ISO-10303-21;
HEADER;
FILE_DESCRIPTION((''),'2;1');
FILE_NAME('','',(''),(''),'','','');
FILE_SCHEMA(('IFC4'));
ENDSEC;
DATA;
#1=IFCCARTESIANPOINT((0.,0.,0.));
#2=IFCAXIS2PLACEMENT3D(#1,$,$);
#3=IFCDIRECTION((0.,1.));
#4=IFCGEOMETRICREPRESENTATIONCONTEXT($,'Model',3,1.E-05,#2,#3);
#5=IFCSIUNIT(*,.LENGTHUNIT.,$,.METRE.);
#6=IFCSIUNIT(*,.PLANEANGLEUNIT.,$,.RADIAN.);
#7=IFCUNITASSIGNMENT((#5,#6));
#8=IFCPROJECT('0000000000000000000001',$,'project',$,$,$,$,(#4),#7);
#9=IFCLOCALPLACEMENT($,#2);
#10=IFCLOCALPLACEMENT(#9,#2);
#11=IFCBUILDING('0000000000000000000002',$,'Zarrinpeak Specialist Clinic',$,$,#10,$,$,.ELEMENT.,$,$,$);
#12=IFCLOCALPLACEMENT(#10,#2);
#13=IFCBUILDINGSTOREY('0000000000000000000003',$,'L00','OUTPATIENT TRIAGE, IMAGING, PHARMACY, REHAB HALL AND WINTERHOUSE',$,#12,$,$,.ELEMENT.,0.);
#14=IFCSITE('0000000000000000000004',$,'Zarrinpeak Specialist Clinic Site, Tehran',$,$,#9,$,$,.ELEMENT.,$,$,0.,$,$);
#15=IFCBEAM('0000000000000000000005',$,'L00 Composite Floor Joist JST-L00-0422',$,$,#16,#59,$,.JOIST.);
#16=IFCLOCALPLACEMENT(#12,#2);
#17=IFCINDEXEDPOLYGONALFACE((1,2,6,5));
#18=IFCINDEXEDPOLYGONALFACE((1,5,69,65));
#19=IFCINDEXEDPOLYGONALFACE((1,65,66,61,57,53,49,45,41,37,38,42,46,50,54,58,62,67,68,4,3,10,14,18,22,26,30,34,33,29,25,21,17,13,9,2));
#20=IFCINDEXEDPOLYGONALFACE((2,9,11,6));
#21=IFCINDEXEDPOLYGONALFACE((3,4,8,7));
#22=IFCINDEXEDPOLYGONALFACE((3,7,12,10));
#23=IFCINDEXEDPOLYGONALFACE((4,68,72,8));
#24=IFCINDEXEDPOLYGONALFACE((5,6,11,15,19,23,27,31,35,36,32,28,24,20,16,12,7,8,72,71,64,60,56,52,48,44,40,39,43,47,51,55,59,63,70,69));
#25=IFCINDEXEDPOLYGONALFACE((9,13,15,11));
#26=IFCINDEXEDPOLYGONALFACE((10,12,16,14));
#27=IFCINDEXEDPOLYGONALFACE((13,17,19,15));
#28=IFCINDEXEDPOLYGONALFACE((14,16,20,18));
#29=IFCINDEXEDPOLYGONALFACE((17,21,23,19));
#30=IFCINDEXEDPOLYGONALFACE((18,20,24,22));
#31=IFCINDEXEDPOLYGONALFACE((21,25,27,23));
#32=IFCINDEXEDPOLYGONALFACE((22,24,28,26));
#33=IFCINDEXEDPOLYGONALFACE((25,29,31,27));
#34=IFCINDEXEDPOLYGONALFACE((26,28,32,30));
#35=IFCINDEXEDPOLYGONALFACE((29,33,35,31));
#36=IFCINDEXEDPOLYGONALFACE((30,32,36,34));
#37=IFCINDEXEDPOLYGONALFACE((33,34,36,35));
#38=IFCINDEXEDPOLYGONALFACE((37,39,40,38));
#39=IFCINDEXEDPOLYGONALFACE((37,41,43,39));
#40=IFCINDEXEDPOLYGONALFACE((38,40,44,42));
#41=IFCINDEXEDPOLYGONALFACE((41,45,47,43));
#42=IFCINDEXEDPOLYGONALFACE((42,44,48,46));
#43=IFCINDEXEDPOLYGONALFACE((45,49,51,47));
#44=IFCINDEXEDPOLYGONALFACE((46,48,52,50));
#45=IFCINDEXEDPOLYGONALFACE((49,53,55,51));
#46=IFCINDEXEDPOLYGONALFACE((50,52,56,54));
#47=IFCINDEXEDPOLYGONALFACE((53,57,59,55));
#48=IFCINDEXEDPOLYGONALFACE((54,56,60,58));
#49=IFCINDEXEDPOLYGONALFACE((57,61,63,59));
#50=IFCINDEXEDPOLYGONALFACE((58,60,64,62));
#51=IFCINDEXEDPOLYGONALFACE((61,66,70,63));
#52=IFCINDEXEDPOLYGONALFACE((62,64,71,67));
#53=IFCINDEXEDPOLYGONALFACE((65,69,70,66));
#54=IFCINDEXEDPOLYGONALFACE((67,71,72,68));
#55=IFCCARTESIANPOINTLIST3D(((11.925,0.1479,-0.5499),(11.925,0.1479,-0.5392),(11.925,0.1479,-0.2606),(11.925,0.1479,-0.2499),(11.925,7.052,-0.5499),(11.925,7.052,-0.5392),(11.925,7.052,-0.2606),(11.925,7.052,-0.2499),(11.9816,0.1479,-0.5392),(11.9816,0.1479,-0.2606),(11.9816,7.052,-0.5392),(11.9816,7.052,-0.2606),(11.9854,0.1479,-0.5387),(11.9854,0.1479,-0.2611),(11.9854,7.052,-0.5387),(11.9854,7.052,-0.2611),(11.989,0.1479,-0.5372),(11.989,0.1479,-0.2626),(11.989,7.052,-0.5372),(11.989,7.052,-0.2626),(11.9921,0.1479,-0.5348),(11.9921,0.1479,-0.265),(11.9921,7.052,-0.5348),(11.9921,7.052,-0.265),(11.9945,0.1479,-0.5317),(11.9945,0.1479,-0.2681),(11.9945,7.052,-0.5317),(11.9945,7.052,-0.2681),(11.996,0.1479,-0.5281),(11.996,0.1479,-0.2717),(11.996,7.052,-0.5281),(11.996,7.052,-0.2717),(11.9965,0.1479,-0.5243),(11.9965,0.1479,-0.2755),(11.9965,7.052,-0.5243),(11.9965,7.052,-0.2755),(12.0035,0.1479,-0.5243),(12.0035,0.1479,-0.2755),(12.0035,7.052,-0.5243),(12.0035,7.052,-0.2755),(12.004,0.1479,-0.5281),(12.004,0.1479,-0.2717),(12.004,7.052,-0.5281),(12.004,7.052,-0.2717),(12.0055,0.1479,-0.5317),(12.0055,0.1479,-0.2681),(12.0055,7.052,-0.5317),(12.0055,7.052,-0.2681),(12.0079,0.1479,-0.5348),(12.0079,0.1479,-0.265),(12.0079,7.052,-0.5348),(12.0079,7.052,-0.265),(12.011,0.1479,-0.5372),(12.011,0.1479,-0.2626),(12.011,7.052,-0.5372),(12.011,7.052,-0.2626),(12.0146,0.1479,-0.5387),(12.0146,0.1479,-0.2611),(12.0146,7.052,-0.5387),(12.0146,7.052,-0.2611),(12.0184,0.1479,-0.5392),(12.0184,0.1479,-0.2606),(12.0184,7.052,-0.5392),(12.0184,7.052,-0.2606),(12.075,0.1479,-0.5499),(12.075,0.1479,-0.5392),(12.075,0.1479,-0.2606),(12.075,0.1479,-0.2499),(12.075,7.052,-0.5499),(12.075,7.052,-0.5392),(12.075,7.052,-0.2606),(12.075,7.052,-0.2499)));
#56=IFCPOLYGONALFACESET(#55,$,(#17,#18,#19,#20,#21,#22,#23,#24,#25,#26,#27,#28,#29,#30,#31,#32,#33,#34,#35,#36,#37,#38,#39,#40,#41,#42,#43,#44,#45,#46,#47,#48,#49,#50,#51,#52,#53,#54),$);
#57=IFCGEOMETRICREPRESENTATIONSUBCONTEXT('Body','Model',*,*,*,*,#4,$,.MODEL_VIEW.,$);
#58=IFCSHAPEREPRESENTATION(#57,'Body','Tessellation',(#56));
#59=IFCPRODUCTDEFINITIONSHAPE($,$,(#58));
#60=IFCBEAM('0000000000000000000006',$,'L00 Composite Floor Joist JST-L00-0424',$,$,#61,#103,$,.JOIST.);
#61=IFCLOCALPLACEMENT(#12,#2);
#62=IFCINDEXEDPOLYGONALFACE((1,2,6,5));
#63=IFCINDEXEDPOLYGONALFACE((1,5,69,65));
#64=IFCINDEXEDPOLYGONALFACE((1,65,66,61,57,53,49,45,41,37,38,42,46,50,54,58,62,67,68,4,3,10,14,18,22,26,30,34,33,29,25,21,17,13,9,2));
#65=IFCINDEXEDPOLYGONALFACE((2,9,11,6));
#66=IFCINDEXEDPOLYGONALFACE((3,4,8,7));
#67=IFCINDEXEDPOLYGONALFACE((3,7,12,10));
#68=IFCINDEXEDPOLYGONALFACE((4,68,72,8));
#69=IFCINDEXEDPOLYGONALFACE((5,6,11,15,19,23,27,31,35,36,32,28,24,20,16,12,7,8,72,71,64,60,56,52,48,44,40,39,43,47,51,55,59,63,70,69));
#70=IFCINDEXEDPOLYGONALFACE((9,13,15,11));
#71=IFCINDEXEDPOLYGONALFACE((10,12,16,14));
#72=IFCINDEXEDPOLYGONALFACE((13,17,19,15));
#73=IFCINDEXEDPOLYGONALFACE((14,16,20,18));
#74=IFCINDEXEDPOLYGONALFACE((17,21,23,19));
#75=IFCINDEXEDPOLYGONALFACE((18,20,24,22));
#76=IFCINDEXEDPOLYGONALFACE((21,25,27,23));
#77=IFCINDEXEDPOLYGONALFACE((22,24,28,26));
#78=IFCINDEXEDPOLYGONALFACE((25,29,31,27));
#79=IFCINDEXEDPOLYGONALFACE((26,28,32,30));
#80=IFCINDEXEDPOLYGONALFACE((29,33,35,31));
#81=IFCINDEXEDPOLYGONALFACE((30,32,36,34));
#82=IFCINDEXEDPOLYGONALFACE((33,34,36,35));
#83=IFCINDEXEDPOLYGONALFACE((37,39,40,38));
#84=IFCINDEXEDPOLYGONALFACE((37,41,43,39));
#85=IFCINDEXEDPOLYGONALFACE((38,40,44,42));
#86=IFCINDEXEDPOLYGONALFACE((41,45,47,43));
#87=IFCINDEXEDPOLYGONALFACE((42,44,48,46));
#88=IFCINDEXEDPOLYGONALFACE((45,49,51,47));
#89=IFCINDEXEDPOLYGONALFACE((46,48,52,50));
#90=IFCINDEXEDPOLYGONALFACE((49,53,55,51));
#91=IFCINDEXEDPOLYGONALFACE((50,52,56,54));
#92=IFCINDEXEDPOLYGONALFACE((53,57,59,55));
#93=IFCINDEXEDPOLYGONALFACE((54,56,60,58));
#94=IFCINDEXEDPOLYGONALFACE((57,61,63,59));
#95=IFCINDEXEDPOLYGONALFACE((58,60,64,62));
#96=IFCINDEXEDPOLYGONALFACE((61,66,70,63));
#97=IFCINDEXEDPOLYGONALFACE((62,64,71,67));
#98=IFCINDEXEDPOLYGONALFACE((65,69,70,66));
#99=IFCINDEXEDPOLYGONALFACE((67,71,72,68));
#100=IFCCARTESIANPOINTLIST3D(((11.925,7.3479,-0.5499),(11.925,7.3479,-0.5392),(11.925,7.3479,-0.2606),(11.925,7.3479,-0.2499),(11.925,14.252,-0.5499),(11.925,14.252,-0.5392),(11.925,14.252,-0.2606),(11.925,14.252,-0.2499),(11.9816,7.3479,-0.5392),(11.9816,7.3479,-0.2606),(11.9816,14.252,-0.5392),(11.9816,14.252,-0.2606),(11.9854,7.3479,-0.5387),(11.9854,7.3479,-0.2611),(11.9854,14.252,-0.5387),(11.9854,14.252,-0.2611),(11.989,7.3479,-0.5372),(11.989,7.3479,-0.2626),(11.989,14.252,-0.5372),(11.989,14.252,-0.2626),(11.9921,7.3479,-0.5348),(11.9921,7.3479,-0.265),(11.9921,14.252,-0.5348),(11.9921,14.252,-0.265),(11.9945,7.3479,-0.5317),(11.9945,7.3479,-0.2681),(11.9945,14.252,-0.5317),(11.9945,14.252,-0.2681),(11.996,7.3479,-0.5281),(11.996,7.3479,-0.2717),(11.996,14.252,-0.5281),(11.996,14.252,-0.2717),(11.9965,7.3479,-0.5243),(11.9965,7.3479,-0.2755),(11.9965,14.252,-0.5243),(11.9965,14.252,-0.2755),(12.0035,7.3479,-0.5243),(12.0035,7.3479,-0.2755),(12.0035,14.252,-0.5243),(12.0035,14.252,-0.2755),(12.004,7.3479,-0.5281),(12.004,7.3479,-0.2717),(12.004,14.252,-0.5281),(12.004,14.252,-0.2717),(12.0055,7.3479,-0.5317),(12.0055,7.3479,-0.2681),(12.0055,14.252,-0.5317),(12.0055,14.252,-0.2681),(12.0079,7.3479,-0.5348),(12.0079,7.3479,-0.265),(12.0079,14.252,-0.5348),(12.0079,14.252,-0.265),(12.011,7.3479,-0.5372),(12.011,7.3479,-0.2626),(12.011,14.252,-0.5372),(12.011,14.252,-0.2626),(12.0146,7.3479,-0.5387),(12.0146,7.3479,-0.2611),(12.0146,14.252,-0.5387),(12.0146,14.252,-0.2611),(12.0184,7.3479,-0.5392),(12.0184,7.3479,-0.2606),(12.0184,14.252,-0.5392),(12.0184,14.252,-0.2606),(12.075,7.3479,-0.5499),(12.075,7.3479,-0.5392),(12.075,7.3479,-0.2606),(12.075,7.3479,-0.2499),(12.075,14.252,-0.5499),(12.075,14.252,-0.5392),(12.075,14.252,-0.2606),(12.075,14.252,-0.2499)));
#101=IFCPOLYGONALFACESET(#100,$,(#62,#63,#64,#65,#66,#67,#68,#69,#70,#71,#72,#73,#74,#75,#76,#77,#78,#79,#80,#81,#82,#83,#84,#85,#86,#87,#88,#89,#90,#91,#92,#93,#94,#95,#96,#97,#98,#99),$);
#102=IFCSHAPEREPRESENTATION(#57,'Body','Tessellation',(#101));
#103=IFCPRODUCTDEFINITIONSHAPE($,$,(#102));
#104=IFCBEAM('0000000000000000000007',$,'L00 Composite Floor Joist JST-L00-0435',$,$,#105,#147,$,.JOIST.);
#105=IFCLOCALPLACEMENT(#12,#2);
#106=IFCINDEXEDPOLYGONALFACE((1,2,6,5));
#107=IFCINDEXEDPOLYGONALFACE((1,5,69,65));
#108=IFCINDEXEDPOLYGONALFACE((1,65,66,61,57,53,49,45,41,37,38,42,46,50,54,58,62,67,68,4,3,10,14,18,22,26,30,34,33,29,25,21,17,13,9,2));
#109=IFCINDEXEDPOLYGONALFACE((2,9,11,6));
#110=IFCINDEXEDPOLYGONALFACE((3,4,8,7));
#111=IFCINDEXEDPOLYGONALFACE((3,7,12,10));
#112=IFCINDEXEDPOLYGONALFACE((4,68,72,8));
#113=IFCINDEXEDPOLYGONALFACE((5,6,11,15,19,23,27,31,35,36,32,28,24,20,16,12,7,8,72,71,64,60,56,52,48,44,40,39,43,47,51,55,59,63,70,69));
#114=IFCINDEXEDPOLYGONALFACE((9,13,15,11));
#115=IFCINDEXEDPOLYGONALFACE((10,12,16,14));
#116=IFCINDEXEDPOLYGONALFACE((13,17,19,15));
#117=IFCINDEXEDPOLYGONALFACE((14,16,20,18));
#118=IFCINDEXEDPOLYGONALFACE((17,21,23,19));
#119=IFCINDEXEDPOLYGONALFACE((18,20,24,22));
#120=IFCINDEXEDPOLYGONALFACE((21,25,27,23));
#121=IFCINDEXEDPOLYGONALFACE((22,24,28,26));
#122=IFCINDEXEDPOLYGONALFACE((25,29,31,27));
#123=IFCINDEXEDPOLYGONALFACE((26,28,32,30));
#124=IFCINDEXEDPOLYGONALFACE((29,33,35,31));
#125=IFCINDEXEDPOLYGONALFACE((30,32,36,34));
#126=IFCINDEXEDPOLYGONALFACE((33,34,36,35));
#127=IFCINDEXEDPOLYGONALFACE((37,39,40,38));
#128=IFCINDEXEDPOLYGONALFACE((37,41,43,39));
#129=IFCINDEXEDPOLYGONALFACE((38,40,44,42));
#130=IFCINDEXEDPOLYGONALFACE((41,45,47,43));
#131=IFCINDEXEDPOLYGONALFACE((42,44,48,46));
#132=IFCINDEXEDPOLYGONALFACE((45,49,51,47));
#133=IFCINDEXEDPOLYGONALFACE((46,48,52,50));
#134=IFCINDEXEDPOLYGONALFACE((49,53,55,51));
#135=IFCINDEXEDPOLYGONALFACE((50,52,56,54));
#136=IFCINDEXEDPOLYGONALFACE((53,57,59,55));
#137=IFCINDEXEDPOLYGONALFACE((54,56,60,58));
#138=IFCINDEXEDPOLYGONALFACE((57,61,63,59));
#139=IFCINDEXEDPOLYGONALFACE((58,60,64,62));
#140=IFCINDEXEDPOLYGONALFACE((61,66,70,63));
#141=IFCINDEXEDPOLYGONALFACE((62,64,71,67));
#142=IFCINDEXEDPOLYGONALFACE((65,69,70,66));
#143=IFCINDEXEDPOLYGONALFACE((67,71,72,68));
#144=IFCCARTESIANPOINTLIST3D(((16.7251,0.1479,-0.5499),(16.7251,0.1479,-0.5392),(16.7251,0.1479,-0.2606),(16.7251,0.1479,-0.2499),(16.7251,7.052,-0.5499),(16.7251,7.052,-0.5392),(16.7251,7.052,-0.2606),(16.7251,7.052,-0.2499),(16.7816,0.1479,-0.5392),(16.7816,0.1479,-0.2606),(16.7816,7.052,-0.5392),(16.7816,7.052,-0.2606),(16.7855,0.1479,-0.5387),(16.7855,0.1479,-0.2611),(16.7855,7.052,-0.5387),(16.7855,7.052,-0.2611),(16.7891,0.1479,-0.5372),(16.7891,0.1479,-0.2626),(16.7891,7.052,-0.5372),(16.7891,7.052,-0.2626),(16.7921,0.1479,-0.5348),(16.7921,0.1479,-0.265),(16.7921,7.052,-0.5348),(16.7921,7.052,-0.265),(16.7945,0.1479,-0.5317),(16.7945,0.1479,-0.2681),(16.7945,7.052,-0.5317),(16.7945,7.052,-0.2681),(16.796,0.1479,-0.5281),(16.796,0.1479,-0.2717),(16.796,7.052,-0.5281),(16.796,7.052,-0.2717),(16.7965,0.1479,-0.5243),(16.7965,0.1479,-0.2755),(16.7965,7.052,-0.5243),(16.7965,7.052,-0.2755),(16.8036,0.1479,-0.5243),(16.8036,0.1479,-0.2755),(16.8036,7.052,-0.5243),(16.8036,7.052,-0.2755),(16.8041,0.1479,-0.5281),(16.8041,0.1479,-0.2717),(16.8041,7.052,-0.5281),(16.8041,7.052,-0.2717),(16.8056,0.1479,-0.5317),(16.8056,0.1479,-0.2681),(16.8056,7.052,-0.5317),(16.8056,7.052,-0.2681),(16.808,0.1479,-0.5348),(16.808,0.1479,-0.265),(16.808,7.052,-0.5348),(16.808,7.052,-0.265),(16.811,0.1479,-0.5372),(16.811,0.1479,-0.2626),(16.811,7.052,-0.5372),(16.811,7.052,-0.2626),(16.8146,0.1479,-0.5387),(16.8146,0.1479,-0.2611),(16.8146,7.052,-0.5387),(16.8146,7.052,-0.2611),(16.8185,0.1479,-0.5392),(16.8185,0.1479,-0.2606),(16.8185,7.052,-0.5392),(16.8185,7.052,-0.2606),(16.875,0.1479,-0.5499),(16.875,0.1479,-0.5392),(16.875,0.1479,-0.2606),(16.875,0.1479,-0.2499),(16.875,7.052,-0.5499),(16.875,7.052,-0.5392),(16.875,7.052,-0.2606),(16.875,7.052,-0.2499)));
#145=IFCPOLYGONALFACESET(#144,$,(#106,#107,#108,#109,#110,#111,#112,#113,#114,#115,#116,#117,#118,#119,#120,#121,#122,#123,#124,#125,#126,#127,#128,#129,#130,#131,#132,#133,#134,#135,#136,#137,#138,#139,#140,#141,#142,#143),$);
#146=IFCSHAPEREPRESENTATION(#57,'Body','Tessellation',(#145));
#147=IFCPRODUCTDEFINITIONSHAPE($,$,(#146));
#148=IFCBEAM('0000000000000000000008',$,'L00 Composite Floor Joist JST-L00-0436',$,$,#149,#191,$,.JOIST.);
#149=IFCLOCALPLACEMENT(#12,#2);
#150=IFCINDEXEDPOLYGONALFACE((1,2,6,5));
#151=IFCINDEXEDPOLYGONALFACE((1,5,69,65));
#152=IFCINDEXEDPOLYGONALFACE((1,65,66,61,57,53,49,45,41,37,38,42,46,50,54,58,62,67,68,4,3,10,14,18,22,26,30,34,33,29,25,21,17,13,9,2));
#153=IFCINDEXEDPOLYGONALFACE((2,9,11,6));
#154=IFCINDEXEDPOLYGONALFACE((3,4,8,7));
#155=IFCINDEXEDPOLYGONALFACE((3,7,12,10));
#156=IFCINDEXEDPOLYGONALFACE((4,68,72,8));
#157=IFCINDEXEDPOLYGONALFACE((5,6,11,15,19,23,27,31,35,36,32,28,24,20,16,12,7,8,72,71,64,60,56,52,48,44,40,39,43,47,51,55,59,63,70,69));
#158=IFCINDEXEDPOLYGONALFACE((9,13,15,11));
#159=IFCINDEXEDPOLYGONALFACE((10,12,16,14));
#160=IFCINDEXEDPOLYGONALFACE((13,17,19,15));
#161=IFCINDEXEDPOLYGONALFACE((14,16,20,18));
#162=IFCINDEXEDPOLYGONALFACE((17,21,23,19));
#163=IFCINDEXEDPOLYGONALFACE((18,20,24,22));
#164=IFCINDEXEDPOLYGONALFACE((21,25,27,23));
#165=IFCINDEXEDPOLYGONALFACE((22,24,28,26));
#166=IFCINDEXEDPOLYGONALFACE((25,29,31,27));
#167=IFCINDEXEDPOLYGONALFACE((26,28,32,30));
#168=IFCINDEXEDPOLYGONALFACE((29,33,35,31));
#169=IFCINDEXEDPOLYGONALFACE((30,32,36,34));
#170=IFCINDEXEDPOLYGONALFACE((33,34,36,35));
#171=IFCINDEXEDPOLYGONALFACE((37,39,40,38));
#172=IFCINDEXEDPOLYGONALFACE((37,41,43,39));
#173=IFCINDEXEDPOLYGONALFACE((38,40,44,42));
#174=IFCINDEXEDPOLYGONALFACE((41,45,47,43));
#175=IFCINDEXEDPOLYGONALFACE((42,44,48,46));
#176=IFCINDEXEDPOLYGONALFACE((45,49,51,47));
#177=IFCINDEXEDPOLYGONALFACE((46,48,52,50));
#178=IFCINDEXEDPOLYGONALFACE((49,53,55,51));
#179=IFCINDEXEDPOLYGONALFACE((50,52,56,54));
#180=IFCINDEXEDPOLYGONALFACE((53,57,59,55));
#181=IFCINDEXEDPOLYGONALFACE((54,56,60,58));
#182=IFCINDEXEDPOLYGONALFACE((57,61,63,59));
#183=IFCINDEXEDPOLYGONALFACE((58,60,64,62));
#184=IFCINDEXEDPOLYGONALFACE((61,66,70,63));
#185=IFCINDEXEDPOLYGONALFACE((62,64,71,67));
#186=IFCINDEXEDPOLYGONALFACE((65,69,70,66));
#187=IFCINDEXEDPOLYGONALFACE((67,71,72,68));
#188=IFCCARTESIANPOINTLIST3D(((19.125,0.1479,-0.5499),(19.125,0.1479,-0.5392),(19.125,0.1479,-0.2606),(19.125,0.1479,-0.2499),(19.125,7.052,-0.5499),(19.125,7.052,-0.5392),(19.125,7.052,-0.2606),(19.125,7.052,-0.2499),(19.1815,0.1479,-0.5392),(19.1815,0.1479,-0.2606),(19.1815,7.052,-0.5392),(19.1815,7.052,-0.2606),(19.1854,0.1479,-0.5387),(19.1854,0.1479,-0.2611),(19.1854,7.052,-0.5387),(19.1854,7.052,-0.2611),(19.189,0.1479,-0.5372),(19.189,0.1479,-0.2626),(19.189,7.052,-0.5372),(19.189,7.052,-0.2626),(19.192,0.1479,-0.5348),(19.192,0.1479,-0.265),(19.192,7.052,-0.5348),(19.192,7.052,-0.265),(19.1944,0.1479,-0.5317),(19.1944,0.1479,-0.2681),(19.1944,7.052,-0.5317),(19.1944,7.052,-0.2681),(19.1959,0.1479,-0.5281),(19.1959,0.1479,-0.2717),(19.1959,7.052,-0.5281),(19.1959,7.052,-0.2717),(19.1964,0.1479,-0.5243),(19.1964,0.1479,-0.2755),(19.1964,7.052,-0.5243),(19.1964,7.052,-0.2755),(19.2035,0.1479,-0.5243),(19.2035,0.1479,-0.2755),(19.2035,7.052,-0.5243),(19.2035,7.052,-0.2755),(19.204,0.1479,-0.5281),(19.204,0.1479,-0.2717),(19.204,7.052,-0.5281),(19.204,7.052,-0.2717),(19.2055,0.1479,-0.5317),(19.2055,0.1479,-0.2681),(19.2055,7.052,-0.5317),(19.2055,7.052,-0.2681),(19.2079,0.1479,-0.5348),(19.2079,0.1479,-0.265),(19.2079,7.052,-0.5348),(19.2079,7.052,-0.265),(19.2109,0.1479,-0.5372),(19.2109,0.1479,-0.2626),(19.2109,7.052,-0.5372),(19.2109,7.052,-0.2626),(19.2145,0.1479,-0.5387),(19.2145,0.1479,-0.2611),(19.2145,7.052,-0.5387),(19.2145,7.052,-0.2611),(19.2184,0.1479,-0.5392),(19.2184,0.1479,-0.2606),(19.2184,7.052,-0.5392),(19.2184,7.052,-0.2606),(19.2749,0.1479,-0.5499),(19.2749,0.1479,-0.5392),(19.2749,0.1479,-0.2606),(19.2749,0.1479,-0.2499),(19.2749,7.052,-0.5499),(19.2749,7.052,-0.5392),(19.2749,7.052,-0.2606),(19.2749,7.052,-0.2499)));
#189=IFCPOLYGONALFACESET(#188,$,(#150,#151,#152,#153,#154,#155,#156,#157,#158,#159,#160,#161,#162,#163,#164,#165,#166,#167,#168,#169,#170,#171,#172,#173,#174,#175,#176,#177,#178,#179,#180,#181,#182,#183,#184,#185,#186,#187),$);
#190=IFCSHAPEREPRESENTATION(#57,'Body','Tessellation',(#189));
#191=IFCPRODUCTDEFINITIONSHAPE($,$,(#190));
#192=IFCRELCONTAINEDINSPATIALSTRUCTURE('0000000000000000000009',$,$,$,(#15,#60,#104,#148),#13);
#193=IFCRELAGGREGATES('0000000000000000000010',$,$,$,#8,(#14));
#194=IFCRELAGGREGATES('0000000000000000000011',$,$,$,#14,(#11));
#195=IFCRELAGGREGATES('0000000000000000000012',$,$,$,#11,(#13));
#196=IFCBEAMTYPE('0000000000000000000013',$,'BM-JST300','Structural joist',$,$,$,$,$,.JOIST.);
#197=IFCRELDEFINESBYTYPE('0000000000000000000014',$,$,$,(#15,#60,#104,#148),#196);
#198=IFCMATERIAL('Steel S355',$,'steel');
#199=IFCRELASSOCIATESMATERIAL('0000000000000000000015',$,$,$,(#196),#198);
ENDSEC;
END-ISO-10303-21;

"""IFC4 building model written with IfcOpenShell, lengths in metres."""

from ifc_helpers import new_model, si_unit, direction, frame, origin, origin_2d, place, context, subcontext, project, spatial, i_section, extrude, material, material_profile, profile_set, type_object, element, save


model = new_model("IFC4")

# Units and contexts
model_context = context("Model", 3, precision=1e-05, world=origin(), true_north=direction((0.0, 1.0)))
body_context = subcontext(model_context, "Body", "Model", "MODEL_VIEW")
ifc_project = project(units=[si_unit("LENGTHUNIT", "METRE"), si_unit("PLANEANGLEUNIT", "RADIAN")], contexts=[model_context])

# Site, building, storey
site_placement = place(None, origin())
site = spatial("IfcSite", under=ifc_project, at=site_placement, Name="Zarrinpeak Specialist Clinic Site, Tehran", CompositionType="ELEMENT", RefElevation=0.0)
building_placement = place(site_placement, origin())
building = spatial("IfcBuilding", under=site, at=building_placement, Name="Zarrinpeak Specialist Clinic", CompositionType="ELEMENT")
storey_placement = place(building_placement, origin())
storey = spatial("IfcBuildingStorey", under=building, at=storey_placement, Name="L00", Description="OUTPATIENT TRIAGE, IMAGING, PHARMACY, REHAB HALL AND WINTERHOUSE", CompositionType="ELEMENT", Elevation=0.0)

# Shared definitions
ifc_material_1 = material(Name="Steel S355", Category="steel")

# Beams
ifc_material_profile_1 = material_profile(ifc_material_1, i_section(OverallWidth=0.1499, OverallDepth=0.3, WebThickness=0.0071, FlangeThickness=0.0107, FilletRadius=0.0149, at=origin_2d()), Name="IPE 300")
ifc_profile_set_1 = profile_set([ifc_material_profile_1], Name="Steel S355")
beam_type_1 = type_object("IfcBeamType", Name="BM-JST300", Description="Structural joist", PredefinedType="JOIST", material=ifc_profile_set_1)
for number, where, z_axis, x_axis, name in (
    (1, (12.0, 0.1479, -0.3999), (0.0, 1.0, 0.0), (-1.0, 0.0, 0.0), "L00 Composite Floor Joist JST-L00-0422"),
    (2, (12.0, 7.3479, -0.3999), (0.0, 1.0, 0.0), (-1.0, 0.0, 0.0), "L00 Composite Floor Joist JST-L00-0424"),
    (3, (16.8, 0.1479, -0.3999), (0.0, 1.0, 0.0), (-1.0, 0.0, 0.0), "L00 Composite Floor Joist JST-L00-0435"),
    (4, (19.2, 0.1479, -0.3999), (0.0, 1.0, 0.0), (-1.0, 0.0, 0.0), "L00 Composite Floor Joist JST-L00-0436"),
):
    element("IfcBeam", number, at=place(storey_placement, frame(where, z_axis=z_axis, x_axis=x_axis)), inside=storey, type_object=beam_type_1, Name=name, PredefinedType="JOIST", context=body_context, shape_type="SweptSolid", body=[
        extrude(i_section(OverallWidth=0.1499, OverallDepth=0.3, WebThickness=0.0071, FlangeThickness=0.0107, FilletRadius=0.0149, at=origin_2d()), origin(), (0.0, 0.0, 1.0), 6.9041),
    ])

save(model, "model.ifc")
